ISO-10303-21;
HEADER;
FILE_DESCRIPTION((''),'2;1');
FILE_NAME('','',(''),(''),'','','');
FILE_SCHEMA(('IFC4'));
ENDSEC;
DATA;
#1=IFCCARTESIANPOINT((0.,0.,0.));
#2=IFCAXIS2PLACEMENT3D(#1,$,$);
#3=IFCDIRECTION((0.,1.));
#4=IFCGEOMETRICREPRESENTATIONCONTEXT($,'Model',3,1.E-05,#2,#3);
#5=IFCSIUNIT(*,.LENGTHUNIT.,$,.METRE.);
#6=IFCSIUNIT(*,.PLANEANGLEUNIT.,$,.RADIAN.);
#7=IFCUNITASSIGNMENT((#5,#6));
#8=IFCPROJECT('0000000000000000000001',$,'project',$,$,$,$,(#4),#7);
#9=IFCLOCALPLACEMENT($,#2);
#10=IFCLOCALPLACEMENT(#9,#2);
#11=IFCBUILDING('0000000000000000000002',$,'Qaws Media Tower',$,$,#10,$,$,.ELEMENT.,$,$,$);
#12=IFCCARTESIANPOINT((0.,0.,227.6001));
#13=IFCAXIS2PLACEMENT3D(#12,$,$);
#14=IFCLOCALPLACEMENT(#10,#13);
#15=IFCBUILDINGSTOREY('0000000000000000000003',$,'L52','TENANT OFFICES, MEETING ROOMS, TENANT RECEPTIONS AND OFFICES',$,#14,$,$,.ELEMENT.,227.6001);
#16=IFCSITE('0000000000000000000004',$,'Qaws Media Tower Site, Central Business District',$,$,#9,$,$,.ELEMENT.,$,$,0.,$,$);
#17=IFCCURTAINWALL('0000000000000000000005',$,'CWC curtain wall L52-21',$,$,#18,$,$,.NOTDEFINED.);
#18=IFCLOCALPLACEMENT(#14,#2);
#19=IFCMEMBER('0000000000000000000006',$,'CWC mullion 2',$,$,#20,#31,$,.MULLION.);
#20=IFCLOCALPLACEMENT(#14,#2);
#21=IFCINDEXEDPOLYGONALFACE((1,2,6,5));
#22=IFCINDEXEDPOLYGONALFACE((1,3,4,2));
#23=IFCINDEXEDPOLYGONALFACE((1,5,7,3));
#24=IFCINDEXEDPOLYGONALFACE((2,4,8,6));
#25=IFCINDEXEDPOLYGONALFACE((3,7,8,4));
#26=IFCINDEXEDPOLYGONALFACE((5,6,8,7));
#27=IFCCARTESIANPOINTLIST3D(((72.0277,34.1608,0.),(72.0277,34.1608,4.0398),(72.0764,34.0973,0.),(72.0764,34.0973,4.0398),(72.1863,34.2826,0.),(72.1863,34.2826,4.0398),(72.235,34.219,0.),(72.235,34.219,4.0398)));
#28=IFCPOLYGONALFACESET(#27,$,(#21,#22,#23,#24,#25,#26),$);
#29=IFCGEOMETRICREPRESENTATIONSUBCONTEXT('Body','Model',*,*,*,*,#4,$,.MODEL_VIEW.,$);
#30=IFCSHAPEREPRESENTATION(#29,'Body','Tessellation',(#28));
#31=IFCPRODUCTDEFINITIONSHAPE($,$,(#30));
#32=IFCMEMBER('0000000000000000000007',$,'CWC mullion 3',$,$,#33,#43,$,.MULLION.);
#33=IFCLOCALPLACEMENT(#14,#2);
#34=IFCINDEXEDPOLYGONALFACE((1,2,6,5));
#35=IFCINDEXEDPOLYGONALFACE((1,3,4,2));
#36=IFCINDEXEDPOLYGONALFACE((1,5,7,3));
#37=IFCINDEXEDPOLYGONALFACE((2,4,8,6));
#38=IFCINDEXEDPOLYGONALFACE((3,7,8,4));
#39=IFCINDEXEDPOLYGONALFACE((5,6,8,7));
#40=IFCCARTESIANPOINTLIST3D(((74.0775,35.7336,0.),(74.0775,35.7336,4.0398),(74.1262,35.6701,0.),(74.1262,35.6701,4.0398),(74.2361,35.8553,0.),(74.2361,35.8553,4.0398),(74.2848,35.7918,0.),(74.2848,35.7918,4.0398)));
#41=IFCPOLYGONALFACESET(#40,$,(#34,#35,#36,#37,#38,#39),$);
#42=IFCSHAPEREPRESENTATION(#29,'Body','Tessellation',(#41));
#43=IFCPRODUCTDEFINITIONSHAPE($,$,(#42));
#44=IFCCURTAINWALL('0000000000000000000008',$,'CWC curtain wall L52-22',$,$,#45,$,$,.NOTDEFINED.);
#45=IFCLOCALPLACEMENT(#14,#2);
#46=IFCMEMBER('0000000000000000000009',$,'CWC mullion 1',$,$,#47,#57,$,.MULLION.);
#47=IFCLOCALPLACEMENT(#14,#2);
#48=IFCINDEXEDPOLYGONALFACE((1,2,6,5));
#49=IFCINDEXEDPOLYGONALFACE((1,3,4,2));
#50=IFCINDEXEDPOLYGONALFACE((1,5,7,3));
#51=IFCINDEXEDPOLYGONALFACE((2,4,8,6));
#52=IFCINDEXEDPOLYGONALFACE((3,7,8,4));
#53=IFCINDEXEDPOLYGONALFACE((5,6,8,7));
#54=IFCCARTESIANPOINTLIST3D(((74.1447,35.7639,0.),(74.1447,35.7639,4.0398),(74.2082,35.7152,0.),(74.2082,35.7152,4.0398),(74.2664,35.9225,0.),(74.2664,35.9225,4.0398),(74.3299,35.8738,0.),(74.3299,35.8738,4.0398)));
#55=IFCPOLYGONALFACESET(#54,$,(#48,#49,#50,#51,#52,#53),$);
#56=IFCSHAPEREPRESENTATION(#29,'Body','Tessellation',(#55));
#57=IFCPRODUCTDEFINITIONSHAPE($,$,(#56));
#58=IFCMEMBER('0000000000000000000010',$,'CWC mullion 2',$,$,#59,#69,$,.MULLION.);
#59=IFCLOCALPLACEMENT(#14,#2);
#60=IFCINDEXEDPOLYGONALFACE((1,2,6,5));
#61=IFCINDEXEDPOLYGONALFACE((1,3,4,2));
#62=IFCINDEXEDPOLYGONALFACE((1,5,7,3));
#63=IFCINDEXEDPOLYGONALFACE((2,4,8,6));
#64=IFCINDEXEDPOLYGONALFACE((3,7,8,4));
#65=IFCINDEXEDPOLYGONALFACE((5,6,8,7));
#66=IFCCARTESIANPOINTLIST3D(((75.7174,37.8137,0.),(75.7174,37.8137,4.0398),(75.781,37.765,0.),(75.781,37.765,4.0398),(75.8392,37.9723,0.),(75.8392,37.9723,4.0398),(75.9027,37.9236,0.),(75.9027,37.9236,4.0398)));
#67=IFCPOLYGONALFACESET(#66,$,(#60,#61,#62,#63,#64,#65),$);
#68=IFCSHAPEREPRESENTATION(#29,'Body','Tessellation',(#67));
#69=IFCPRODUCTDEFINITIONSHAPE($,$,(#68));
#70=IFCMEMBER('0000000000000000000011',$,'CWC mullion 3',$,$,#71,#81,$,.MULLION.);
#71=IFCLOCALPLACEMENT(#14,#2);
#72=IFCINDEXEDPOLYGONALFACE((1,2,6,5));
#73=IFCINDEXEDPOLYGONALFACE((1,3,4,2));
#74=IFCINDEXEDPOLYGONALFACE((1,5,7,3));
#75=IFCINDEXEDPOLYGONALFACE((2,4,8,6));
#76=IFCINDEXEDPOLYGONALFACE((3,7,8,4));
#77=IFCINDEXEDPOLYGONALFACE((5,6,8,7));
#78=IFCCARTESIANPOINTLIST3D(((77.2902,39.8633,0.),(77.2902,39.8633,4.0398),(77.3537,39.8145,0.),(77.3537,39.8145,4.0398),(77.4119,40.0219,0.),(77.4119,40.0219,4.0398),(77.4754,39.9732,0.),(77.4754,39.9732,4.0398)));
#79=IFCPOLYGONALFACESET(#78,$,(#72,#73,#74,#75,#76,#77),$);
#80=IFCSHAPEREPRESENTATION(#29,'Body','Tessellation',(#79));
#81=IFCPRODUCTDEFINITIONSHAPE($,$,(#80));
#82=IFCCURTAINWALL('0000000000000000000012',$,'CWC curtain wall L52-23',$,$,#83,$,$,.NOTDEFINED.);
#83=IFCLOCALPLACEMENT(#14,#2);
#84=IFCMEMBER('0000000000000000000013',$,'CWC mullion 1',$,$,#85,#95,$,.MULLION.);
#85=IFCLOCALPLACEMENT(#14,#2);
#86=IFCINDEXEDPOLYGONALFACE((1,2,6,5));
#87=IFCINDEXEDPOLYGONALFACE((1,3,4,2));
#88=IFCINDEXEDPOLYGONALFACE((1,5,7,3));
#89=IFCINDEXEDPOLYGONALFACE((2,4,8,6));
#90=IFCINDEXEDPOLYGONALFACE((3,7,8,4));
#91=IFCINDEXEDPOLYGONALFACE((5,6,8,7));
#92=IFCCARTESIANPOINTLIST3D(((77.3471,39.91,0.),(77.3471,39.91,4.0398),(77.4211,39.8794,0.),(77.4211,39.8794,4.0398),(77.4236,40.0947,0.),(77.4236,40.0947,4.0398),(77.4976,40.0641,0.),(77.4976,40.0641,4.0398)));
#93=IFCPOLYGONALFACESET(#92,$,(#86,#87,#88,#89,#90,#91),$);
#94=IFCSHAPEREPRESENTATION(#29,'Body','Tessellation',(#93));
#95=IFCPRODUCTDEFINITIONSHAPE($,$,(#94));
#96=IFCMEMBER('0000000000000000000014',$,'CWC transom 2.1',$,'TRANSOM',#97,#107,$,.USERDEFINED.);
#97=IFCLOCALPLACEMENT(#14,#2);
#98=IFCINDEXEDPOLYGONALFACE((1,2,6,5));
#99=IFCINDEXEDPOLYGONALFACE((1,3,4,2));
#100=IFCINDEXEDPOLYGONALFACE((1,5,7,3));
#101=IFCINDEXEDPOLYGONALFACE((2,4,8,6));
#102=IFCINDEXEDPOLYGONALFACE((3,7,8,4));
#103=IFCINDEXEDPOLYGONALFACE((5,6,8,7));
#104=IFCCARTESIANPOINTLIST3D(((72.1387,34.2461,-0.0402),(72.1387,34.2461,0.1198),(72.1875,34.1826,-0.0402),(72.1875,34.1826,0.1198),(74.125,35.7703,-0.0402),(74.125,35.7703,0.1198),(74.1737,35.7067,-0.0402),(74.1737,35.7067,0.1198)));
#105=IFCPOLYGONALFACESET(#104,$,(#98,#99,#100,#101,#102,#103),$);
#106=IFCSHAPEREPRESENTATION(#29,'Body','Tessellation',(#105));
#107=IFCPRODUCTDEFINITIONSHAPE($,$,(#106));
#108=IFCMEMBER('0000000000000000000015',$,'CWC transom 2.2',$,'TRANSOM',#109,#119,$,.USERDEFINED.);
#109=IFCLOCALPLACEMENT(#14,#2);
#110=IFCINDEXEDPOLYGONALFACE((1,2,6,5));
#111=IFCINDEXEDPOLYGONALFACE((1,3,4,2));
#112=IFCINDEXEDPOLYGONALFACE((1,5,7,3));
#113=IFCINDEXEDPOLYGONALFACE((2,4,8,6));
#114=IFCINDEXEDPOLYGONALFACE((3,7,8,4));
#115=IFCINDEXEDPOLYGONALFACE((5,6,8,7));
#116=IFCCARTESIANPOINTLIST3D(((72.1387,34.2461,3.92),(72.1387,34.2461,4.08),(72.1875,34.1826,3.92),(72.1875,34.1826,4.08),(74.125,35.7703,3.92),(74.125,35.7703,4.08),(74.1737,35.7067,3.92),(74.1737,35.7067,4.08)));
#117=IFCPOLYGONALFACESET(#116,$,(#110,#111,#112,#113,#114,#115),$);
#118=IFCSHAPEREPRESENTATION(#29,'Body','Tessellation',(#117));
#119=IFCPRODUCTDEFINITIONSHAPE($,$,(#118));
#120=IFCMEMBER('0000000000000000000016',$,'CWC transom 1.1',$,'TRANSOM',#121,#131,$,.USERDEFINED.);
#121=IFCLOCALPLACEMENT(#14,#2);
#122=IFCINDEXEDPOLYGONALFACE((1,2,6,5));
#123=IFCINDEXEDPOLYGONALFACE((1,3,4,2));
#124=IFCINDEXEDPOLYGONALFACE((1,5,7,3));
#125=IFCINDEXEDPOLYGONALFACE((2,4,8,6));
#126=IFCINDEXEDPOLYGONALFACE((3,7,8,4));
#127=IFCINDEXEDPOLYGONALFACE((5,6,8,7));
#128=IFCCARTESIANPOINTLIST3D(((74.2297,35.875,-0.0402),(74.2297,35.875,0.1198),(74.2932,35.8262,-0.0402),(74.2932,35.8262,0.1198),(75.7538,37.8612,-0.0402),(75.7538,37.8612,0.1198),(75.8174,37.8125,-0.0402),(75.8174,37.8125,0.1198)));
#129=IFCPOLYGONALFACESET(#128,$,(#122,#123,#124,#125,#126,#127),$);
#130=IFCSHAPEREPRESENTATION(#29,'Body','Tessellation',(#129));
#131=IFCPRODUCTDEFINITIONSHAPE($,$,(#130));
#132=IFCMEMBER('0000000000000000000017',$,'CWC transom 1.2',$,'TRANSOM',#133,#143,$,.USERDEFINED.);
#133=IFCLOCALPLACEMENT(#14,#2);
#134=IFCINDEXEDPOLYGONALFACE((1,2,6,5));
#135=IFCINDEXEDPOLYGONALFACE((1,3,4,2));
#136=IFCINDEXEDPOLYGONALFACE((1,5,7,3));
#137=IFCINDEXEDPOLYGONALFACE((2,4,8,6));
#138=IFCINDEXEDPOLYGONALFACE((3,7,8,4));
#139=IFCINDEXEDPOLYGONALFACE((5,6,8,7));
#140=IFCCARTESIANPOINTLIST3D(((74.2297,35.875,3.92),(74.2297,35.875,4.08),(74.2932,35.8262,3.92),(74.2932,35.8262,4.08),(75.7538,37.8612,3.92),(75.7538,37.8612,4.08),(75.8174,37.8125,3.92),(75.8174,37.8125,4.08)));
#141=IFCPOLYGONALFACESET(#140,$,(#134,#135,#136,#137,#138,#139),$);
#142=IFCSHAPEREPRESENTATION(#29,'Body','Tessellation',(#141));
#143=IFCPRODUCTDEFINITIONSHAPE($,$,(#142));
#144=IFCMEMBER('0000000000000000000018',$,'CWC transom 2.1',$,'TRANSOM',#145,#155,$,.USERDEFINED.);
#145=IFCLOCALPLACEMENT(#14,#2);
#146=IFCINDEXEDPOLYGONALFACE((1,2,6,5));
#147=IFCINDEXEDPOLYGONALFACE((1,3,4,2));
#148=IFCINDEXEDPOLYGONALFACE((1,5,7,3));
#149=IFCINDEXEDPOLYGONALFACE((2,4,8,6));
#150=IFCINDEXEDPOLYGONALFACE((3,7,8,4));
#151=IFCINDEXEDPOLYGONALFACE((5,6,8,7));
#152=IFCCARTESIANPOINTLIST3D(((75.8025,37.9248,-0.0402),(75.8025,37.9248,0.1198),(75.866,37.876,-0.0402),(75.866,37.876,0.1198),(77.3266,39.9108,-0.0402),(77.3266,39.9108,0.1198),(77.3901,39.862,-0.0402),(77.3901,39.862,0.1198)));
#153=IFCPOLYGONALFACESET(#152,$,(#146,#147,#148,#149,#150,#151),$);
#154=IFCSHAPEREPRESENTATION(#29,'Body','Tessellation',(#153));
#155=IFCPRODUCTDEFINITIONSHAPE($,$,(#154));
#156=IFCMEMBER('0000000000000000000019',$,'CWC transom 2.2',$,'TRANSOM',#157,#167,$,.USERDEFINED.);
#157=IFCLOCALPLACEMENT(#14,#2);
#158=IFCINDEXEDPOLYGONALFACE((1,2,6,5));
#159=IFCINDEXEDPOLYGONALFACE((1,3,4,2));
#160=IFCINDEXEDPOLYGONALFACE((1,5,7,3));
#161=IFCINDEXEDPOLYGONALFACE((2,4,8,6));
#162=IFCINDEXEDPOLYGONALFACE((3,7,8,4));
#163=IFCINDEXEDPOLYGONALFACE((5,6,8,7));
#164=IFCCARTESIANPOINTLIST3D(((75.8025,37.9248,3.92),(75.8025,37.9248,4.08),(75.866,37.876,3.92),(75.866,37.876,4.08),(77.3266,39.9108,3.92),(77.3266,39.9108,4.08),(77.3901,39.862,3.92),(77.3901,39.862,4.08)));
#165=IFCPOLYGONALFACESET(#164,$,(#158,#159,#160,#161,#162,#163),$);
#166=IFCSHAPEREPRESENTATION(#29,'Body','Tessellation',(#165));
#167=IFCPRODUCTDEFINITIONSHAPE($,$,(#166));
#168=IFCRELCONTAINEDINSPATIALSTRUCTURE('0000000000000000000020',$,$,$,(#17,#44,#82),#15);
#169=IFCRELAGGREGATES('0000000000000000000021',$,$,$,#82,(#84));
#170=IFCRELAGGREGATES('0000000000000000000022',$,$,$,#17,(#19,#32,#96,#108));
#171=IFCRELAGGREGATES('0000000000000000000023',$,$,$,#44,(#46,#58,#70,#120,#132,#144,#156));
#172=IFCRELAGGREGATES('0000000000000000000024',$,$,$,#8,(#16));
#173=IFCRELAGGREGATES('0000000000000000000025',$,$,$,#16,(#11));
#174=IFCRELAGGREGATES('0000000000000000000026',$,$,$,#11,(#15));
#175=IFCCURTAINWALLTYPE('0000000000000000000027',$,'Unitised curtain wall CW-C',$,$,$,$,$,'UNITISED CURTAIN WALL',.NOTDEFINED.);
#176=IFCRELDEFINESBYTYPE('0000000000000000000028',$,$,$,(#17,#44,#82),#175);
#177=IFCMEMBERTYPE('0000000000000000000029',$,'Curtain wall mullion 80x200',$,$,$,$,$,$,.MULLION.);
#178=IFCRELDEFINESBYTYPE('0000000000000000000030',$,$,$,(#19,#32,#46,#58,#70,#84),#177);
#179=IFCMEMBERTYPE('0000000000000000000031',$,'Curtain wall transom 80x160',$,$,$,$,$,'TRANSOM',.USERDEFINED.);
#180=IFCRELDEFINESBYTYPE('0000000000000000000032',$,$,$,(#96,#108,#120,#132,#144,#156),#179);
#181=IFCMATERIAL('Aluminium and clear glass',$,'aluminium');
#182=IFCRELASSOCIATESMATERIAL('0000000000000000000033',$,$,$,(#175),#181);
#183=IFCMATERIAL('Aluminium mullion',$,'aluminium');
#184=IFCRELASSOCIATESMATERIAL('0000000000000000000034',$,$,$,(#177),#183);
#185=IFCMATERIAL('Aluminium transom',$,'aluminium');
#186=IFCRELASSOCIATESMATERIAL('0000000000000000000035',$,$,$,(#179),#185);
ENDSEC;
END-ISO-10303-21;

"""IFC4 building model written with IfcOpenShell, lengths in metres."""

from ifc_helpers import new_model, si_unit, direction, frame, origin, origin_2d, place, context, subcontext, project, spatial, rectangle, extrude, material, material_profile, profile_set, type_object, element, aggregate, save


model = new_model("IFC4")

# Units and contexts
model_context = context("Model", 3, precision=1e-05, world=origin(), true_north=direction((0.0, 1.0)))
body_context = subcontext(model_context, "Body", "Model", "MODEL_VIEW")
ifc_project = project(units=[si_unit("LENGTHUNIT", "METRE"), si_unit("PLANEANGLEUNIT", "RADIAN")], contexts=[model_context])

# Site, building, storey
site_placement = place(None, origin())
site = spatial("IfcSite", under=ifc_project, at=site_placement, Name="Qaws Media Tower Site, Central Business District", CompositionType="ELEMENT", RefElevation=0.0)
building_placement = place(site_placement, origin())
building = spatial("IfcBuilding", under=site, at=building_placement, Name="Qaws Media Tower", CompositionType="ELEMENT")
storey_placement = place(building_placement, frame((0.0, 0.0, 227.6001)))
storey = spatial("IfcBuildingStorey", under=building, at=storey_placement, Name="L52", Description="TENANT OFFICES, MEETING ROOMS, TENANT RECEPTIONS AND OFFICES", CompositionType="ELEMENT", Elevation=227.6001)

# Curtain walls, members
ifc_material_1 = material(Name="Aluminium and clear glass", Category="aluminium")
curtain_wall_type = type_object("IfcCurtainWallType", Name="Unitised curtain wall CW-C", ElementType="UNITISED CURTAIN WALL", PredefinedType="NOTDEFINED", material=ifc_material_1)
curtain_wall_1_placement = place(storey_placement, origin())
curtain_wall_1 = element("IfcCurtainWall", 1, at=curtain_wall_1_placement, inside=storey, type_object=curtain_wall_type, Name="CWC curtain wall L52-21", PredefinedType="NOTDEFINED")
ifc_material_2 = material(Name="Aluminium mullion", Category="aluminium")
ifc_material_profile_1 = material_profile(ifc_material_2, rectangle(XDim=0.0801, YDim=0.2, at=origin_2d()), Name="80x200")
ifc_profile_set_1 = profile_set([ifc_material_profile_1], Name="Aluminium mullion")
member_type_1 = type_object("IfcMemberType", Name="Curtain wall mullion 80x200", PredefinedType="MULLION", material=ifc_profile_set_1)
member_1_placement = place(storey_placement, frame((72.1313, 34.1899, 0.0), z_axis=(0.0, 0.0, 1.0), x_axis=(-0.608762, 0.793353, 0.0)))
member_1 = element("IfcMember", 2, at=member_1_placement, type_object=member_type_1, Name="CWC mullion 2", PredefinedType="MULLION", context=body_context, shape_type="SweptSolid", body=[
    extrude(rectangle(XDim=0.0801, YDim=0.2, at=origin_2d()), origin(), (0.0, 0.0, 1.0), 4.0398),
])
member_2_placement = place(storey_placement, frame((74.1812, 35.7627, 0.0), z_axis=(0.0, 0.0, 1.0), x_axis=(-0.608762, 0.793353, 0.0)))
member_2 = element("IfcMember", 3, at=member_2_placement, type_object=member_type_1, Name="CWC mullion 3", PredefinedType="MULLION", context=body_context, shape_type="SweptSolid", body=[
    extrude(rectangle(XDim=0.0801, YDim=0.2, at=origin_2d()), origin(), (0.0, 0.0, 1.0), 4.0398),
])
curtain_wall_2_placement = place(storey_placement, origin())
curtain_wall_2 = element("IfcCurtainWall", 4, at=curtain_wall_2_placement, inside=storey, type_object=curtain_wall_type, Name="CWC curtain wall L52-22", PredefinedType="NOTDEFINED")
member_3_placement = place(storey_placement, frame((74.2373, 35.8188, 0.0), z_axis=(0.0, 0.0, 1.0), x_axis=(-0.793353, 0.608762, 0.0)))
member_3 = element("IfcMember", 5, at=member_3_placement, type_object=member_type_1, Name="CWC mullion 1", PredefinedType="MULLION", context=body_context, shape_type="SweptSolid", body=[
    extrude(rectangle(XDim=0.0801, YDim=0.2, at=origin_2d()), origin(), (0.0, 0.0, 1.0), 4.0398),
])
member_4_placement = place(storey_placement, frame((75.8101, 37.8687, 0.0), z_axis=(0.0, 0.0, 1.0), x_axis=(-0.793353, 0.608762, 0.0)))
member_4 = element("IfcMember", 6, at=member_4_placement, type_object=member_type_1, Name="CWC mullion 2", PredefinedType="MULLION", context=body_context, shape_type="SweptSolid", body=[
    extrude(rectangle(XDim=0.0801, YDim=0.2, at=origin_2d()), origin(), (0.0, 0.0, 1.0), 4.0398),
])
member_5_placement = place(storey_placement, frame((77.3828, 39.9182, 0.0), z_axis=(0.0, 0.0, 1.0), x_axis=(-0.793353, 0.608762, 0.0)))
member_5 = element("IfcMember", 7, at=member_5_placement, type_object=member_type_1, Name="CWC mullion 3", PredefinedType="MULLION", context=body_context, shape_type="SweptSolid", body=[
    extrude(rectangle(XDim=0.0801, YDim=0.2, at=origin_2d()), origin(), (0.0, 0.0, 1.0), 4.0398),
])

# Curtain wall, member
curtain_wall_3_placement = place(storey_placement, origin())
curtain_wall_3 = element("IfcCurtainWall", 8, at=curtain_wall_3_placement, inside=storey, type_object=curtain_wall_type, Name="CWC curtain wall L52-23", PredefinedType="NOTDEFINED")
member_6_placement = place(storey_placement, frame((77.4224, 39.9871, 0.0), z_axis=(0.0, 0.0, 1.0), x_axis=(-0.92388, 0.382683, 0.0)))
member_6 = element("IfcMember", 9, at=member_6_placement, type_object=member_type_1, Name="CWC mullion 1", PredefinedType="MULLION", context=body_context, shape_type="SweptSolid", body=[
    extrude(rectangle(XDim=0.0801, YDim=0.2, at=origin_2d()), origin(), (0.0, 0.0, 1.0), 4.0398),
])
aggregate(curtain_wall_3, [member_6])

# Members
ifc_material_3 = material(Name="Aluminium transom", Category="aluminium")
ifc_material_profile_2 = material_profile(ifc_material_3, rectangle(XDim=0.0801, YDim=0.1599, at=origin_2d()), Name="80x160")
ifc_profile_set_2 = profile_set([ifc_material_profile_2], Name="Aluminium transom")
member_type_2 = type_object("IfcMemberType", Name="Curtain wall transom 80x160", ElementType="TRANSOM", PredefinedType="USERDEFINED", material=ifc_profile_set_2)
member_7_placement = place(storey_placement, frame((72.1631, 34.2144, 0.0398), z_axis=(0.793352, 0.608763, 0.0), x_axis=(-0.608763, 0.793352, 0.0)))
member_7 = element("IfcMember", 10, at=member_7_placement, type_object=member_type_2, Name="CWC transom 2.1", ObjectType="TRANSOM", PredefinedType="USERDEFINED", context=body_context, shape_type="SweptSolid", body=[
    extrude(rectangle(XDim=0.0801, YDim=0.1599, at=origin_2d()), origin(), (0.0, 0.0, 1.0), 2.5037),
])
member_8_placement = place(storey_placement, frame((72.1631, 34.2144, 4.0), z_axis=(0.793352, 0.608763, 0.0), x_axis=(-0.608763, 0.793352, 0.0)))
member_8 = element("IfcMember", 11, at=member_8_placement, type_object=member_type_2, Name="CWC transom 2.2", ObjectType="TRANSOM", PredefinedType="USERDEFINED", context=body_context, shape_type="SweptSolid", body=[
    extrude(rectangle(XDim=0.0801, YDim=0.1599, at=origin_2d()), origin(), (0.0, 0.0, 1.0), 2.5037),
])
member_9_placement = place(storey_placement, frame((74.2615, 35.8506, 0.0398), z_axis=(0.608763, 0.793352, 0.0), x_axis=(-0.793352, 0.608763, 0.0)))
member_9 = element("IfcMember", 12, at=member_9_placement, type_object=member_type_2, Name="CWC transom 1.1", ObjectType="TRANSOM", PredefinedType="USERDEFINED", context=body_context, shape_type="SweptSolid", body=[
    extrude(rectangle(XDim=0.0801, YDim=0.1599, at=origin_2d()), origin(), (0.0, 0.0, 1.0), 2.5037),
])
member_10_placement = place(storey_placement, frame((74.2615, 35.8506, 4.0), z_axis=(0.608763, 0.793352, 0.0), x_axis=(-0.793352, 0.608763, 0.0)))
member_10 = element("IfcMember", 13, at=member_10_placement, type_object=member_type_2, Name="CWC transom 1.2", ObjectType="TRANSOM", PredefinedType="USERDEFINED", context=body_context, shape_type="SweptSolid", body=[
    extrude(rectangle(XDim=0.0801, YDim=0.1599, at=origin_2d()), origin(), (0.0, 0.0, 1.0), 2.5037),
])
member_11_placement = place(storey_placement, frame((75.8342, 37.9004, 0.0398), z_axis=(0.60881, 0.793316, 0.0), x_axis=(-0.793316, 0.60881, 0.0)))
member_11 = element("IfcMember", 14, at=member_11_placement, type_object=member_type_2, Name="CWC transom 2.1", ObjectType="TRANSOM", PredefinedType="USERDEFINED", context=body_context, shape_type="SweptSolid", body=[
    extrude(rectangle(XDim=0.0801, YDim=0.1599, at=origin_2d()), origin(), (0.0, 0.0, 1.0), 2.5034),
])
member_12_placement = place(storey_placement, frame((75.8342, 37.9004, 4.0), z_axis=(0.60881, 0.793316, 0.0), x_axis=(-0.793316, 0.60881, 0.0)))
member_12 = element("IfcMember", 15, at=member_12_placement, type_object=member_type_2, Name="CWC transom 2.2", ObjectType="TRANSOM", PredefinedType="USERDEFINED", context=body_context, shape_type="SweptSolid", body=[
    extrude(rectangle(XDim=0.0801, YDim=0.1599, at=origin_2d()), origin(), (0.0, 0.0, 1.0), 2.5034),
])

aggregate(curtain_wall_1, [member_1, member_2, member_7, member_8])
aggregate(curtain_wall_2, [member_3, member_4, member_5, member_9, member_10, member_11, member_12])

save(model, "model.ifc")
